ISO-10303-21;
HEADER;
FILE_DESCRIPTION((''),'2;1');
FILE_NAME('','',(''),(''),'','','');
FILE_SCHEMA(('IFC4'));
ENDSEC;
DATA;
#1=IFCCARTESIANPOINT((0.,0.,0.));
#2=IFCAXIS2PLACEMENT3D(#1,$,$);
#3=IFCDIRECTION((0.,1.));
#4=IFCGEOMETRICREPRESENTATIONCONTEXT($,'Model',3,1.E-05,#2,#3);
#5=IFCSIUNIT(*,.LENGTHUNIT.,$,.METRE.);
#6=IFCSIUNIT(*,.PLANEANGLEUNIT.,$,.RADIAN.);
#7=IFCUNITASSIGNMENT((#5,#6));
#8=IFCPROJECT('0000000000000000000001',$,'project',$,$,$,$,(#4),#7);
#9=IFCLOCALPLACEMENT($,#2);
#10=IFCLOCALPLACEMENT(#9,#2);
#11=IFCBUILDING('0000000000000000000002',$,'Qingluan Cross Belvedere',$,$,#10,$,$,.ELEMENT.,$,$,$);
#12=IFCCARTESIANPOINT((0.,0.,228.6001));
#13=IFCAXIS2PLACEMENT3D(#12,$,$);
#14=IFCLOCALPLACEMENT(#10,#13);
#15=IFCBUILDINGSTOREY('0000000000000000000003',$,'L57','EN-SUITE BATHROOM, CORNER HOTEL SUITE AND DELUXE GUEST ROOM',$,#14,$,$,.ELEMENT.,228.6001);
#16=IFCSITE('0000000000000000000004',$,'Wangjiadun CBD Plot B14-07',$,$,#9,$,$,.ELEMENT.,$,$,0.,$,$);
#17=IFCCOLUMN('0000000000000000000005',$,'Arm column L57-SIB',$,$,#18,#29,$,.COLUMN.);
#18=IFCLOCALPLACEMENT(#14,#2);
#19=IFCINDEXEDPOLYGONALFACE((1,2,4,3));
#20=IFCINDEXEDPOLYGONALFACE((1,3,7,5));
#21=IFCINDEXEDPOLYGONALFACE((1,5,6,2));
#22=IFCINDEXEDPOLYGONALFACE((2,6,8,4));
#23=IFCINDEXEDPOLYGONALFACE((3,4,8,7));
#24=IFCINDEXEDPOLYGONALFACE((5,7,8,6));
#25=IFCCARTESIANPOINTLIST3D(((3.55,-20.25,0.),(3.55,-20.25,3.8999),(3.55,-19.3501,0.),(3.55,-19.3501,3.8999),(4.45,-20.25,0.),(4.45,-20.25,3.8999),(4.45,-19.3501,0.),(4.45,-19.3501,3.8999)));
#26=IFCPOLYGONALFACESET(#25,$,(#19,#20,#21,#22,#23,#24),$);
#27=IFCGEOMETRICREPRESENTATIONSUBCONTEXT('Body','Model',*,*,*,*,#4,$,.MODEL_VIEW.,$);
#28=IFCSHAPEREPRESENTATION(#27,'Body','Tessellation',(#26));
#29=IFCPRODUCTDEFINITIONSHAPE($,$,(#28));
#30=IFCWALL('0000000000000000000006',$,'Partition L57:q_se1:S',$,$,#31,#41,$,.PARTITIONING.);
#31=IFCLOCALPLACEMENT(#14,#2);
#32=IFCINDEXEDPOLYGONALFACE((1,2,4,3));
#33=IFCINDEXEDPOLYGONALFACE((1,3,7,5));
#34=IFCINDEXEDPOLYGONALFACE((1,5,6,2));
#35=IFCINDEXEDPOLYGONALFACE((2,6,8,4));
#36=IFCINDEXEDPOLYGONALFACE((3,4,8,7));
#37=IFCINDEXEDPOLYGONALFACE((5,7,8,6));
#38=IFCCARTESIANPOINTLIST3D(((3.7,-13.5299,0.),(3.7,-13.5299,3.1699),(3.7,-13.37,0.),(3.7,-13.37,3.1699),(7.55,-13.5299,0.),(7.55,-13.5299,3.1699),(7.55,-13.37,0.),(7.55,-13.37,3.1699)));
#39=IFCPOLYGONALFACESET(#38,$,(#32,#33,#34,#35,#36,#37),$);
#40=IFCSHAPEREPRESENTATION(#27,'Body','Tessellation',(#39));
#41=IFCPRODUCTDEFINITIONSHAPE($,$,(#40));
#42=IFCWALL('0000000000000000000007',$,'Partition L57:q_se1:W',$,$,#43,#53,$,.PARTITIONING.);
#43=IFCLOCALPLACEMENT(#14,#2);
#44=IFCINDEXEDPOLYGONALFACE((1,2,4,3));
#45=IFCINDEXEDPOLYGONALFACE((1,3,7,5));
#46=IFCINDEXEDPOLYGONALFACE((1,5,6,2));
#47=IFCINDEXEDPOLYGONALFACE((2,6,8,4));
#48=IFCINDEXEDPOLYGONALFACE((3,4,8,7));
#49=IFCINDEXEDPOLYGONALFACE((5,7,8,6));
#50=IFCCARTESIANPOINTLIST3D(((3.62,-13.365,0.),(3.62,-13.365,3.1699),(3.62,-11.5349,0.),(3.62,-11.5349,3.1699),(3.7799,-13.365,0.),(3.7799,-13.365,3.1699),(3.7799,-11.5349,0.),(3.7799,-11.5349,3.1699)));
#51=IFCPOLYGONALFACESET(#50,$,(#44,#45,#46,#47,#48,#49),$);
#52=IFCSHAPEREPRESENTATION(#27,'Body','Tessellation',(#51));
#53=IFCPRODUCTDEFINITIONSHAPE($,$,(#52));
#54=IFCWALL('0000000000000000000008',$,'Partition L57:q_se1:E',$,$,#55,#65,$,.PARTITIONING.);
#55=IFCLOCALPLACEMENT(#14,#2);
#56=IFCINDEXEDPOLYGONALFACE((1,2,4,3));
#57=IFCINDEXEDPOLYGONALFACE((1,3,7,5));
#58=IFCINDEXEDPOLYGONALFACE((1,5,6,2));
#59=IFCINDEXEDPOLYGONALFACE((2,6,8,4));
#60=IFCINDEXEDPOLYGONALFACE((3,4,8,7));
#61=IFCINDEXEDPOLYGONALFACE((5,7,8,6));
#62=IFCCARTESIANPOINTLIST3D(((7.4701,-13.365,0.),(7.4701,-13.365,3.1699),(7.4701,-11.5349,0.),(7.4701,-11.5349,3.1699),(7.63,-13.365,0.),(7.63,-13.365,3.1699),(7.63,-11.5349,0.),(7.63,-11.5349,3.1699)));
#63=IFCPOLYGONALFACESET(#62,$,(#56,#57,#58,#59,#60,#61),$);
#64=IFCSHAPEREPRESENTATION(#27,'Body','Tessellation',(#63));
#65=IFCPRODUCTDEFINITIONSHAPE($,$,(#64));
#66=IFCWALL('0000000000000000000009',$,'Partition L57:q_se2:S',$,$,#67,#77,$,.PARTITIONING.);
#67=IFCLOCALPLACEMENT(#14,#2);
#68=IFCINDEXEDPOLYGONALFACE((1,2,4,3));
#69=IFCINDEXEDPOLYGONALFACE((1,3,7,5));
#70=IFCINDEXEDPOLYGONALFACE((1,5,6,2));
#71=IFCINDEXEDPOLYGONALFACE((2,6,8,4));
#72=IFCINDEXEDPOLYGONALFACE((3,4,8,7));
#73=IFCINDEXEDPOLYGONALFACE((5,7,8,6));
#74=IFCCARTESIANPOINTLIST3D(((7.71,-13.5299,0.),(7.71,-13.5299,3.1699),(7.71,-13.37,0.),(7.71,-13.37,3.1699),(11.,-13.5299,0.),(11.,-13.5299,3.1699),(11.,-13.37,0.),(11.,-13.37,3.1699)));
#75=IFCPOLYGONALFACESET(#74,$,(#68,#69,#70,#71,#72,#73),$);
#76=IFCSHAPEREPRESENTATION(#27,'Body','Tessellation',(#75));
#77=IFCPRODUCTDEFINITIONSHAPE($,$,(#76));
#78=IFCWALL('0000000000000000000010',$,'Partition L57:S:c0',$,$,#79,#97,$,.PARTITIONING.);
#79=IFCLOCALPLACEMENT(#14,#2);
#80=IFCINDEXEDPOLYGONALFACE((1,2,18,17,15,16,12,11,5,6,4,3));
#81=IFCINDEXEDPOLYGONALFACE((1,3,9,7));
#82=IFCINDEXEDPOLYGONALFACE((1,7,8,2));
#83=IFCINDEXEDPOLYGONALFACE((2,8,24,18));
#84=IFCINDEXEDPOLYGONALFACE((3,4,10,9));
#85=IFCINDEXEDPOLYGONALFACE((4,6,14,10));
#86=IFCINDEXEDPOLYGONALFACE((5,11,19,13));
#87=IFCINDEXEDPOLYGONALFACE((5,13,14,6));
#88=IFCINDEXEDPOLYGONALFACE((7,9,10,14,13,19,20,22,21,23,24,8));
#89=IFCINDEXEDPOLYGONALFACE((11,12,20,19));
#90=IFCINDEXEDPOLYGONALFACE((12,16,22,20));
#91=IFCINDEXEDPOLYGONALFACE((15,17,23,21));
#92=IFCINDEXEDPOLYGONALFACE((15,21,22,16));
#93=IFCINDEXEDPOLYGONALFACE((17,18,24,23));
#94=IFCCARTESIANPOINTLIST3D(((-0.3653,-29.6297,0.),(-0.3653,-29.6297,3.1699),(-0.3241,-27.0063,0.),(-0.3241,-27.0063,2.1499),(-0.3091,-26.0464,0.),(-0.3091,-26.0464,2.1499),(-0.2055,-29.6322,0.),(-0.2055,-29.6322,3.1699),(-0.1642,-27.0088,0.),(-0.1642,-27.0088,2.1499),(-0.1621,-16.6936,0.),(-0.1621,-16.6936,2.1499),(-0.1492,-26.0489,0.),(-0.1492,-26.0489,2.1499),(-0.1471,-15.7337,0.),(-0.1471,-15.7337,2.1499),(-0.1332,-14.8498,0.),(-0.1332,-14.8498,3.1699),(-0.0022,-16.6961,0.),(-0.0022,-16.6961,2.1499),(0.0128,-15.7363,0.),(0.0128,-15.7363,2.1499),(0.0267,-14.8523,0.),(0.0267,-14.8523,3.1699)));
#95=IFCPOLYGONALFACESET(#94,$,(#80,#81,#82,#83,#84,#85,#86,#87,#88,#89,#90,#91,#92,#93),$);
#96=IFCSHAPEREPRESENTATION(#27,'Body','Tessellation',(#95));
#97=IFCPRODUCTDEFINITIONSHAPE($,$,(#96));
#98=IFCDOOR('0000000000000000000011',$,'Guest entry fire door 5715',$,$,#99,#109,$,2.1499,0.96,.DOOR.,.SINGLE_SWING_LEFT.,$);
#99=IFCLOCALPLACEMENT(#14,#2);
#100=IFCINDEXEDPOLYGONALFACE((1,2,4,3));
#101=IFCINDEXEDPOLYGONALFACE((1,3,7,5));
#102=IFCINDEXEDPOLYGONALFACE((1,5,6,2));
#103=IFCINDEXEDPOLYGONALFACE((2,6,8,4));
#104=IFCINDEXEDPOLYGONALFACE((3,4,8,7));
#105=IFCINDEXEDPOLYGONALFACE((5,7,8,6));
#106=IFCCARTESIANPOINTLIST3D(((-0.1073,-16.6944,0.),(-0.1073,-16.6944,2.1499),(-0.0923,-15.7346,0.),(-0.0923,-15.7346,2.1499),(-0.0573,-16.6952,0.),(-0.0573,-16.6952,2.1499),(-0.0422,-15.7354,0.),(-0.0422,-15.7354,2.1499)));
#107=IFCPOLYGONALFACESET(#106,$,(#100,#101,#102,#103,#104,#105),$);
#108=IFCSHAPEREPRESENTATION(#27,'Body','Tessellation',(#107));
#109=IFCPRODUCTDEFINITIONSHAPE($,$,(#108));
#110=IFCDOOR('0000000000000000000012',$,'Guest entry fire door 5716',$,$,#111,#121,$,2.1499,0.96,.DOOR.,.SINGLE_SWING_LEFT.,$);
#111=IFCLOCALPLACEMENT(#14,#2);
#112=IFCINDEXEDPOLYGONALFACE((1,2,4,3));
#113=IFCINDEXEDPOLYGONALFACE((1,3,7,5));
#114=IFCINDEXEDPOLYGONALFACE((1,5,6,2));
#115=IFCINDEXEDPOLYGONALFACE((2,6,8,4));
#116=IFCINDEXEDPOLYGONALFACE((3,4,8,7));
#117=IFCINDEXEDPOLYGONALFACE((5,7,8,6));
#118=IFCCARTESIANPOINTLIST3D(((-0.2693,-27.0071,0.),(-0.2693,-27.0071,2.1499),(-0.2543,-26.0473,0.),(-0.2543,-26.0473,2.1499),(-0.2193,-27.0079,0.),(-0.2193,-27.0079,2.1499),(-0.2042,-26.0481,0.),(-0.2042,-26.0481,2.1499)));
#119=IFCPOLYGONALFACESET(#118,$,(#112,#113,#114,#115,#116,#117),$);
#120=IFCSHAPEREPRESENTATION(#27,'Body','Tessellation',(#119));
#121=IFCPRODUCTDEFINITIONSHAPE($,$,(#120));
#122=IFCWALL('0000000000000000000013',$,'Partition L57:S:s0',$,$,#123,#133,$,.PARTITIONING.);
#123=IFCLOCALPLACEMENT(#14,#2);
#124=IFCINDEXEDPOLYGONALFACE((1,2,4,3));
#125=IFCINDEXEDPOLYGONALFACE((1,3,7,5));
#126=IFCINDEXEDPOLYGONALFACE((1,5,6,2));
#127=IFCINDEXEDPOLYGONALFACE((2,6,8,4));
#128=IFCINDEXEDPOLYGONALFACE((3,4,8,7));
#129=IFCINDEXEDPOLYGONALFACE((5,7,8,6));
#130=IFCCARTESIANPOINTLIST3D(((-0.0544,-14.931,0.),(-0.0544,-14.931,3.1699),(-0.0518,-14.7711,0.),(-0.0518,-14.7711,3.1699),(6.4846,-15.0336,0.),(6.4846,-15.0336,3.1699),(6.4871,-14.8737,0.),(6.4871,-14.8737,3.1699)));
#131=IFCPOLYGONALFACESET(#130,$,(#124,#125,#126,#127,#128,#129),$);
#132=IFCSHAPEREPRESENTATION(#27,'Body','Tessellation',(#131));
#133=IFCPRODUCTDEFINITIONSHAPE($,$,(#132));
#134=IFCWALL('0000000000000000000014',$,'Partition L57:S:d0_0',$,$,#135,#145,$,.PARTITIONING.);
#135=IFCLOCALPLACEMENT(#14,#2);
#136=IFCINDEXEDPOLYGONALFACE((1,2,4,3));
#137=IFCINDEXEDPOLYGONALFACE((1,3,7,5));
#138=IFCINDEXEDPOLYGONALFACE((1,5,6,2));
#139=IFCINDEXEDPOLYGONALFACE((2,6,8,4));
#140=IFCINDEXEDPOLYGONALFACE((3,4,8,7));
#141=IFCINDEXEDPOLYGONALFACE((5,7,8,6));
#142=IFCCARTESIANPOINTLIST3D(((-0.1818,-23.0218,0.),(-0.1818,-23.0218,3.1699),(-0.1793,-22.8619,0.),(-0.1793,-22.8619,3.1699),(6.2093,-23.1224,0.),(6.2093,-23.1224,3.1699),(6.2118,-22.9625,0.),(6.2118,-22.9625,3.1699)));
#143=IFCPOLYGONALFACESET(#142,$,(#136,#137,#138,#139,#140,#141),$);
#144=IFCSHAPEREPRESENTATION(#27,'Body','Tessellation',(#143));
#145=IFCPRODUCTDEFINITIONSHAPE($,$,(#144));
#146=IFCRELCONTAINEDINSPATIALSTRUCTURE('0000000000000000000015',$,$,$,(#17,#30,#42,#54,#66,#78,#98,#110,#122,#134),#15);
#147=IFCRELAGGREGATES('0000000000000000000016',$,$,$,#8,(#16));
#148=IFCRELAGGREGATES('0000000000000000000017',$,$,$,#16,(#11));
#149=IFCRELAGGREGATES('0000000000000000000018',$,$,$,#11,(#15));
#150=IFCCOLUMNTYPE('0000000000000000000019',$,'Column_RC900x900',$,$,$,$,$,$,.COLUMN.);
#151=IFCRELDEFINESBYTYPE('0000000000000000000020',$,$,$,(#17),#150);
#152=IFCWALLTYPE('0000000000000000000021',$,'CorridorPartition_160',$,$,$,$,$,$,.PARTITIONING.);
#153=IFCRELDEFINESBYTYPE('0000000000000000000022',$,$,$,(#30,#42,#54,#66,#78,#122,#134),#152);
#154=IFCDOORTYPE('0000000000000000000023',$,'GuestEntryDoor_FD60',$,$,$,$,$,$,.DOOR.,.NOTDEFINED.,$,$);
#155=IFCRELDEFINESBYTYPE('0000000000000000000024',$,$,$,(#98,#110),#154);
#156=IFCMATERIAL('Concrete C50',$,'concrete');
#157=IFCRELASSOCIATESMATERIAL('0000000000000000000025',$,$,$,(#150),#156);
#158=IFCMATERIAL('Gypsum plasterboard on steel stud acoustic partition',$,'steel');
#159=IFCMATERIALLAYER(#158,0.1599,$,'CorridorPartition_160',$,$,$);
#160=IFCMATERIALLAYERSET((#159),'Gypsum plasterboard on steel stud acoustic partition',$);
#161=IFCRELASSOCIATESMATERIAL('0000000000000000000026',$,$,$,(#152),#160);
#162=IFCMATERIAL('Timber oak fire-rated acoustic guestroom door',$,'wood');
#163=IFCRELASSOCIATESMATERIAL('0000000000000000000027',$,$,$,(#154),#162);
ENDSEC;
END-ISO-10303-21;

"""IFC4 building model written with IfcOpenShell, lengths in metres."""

from ifc_helpers import new_model, si_unit, direction, frame, frame_2d, origin, origin_2d, place, context, subcontext, project, spatial, rectangle, extrude, material, layer, layer_set, material_profile, profile_set, type_object, element, fill, save


model = new_model("IFC4")

# Units and contexts
model_context = context("Model", 3, precision=1e-05, world=origin(), true_north=direction((0.0, 1.0)))
body_context = subcontext(model_context, "Body", "Model", "MODEL_VIEW")
ifc_project = project(units=[si_unit("LENGTHUNIT", "METRE"), si_unit("PLANEANGLEUNIT", "RADIAN")], contexts=[model_context])

# Site, building, storey
site_placement = place(None, origin())
site = spatial("IfcSite", under=ifc_project, at=site_placement, Name="Wangjiadun CBD Plot B14-07", CompositionType="ELEMENT", RefElevation=0.0)
building_placement = place(site_placement, origin())
building = spatial("IfcBuilding", under=site, at=building_placement, Name="Qingluan Cross Belvedere", CompositionType="ELEMENT")
storey_placement = place(building_placement, frame((0.0, 0.0, 228.6001)))
storey = spatial("IfcBuildingStorey", under=building, at=storey_placement, Name="L57", Description="EN-SUITE BATHROOM, CORNER HOTEL SUITE AND DELUXE GUEST ROOM", CompositionType="ELEMENT", Elevation=228.6001)

# Column
ifc_material_1 = material(Name="Concrete C50", Category="concrete")
ifc_material_profile = material_profile(ifc_material_1, rectangle(XDim=0.8999, YDim=0.8999, at=origin_2d()), Name="RC900x900")
ifc_profile_set = profile_set([ifc_material_profile], Name="Concrete C50")
column_type = type_object("IfcColumnType", Name="Column_RC900x900", PredefinedType="COLUMN", material=ifc_profile_set)
column_placement = place(storey_placement, frame((4.0, -19.8, 0.0), z_axis=(0.0, 0.0, 1.0), x_axis=(1.0, 0.0, 0.0)))
element("IfcColumn", 1, at=column_placement, inside=storey, type_object=column_type, Name="Arm column L57-SIB", PredefinedType="COLUMN", context=body_context, shape_type="SweptSolid", body=[
    extrude(rectangle(XDim=0.8999, YDim=0.8999, at=origin_2d()), origin(), (0.0, 0.0, 1.0), 3.8999),
])

# Walls
ifc_material_2 = material(Name="Gypsum plasterboard on steel stud acoustic partition", Category="steel")
ifc_layer_1 = layer(ifc_material_2, 0.1599, Name="CorridorPartition_160")
ifc_layer_set_1 = layer_set([ifc_layer_1], Name="Gypsum plasterboard on steel stud acoustic partition")
wall_type_1 = type_object("IfcWallType", Name="CorridorPartition_160", PredefinedType="PARTITIONING", material=ifc_layer_set_1)
wall_1_placement = place(storey_placement, frame((3.7, -13.45, 0.0), z_axis=(0.0, 0.0, 1.0), x_axis=(1.0, 0.0, 0.0)))
element("IfcWall", 2, at=wall_1_placement, inside=storey, type_object=wall_type_1, Name="Partition L57:q_se1:S", PredefinedType="PARTITIONING", context=body_context, shape_type="SweptSolid", body=[
    extrude(rectangle(XDim=3.8501, YDim=0.1599, at=frame_2d((1.925, 0.0))), origin(), (0.0, 0.0, 1.0), 3.1699),
])
for number, where, z_axis, x_axis, name in (
    (3, (3.7, -13.365, 0.0), (0.0, 0.0, 1.0), (0.0, 1.0, 0.0), "Partition L57:q_se1:W"),
    (4, (7.55, -13.365, 0.0), (0.0, 0.0, 1.0), (0.0, 1.0, 0.0), "Partition L57:q_se1:E"),
):
    element("IfcWall", number, at=place(storey_placement, frame(where, z_axis=z_axis, x_axis=x_axis)), inside=storey, type_object=wall_type_1, Name=name, PredefinedType="PARTITIONING", context=body_context, shape_type="SweptSolid", body=[
        extrude(rectangle(XDim=1.8301, YDim=0.1599, at=frame_2d((0.915, 0.0))), origin(), (0.0, 0.0, 1.0), 3.1699),
    ])
wall_2_placement = place(storey_placement, frame((7.71, -13.45, 0.0), z_axis=(0.0, 0.0, 1.0), x_axis=(1.0, 0.0, 0.0)))
element("IfcWall", 5, at=wall_2_placement, inside=storey, type_object=wall_type_1, Name="Partition L57:q_se2:S", PredefinedType="PARTITIONING", context=body_context, shape_type="SweptSolid", body=[
    extrude(rectangle(XDim=3.29, YDim=0.1599, at=frame_2d((1.645, 0.0))), origin(), (0.0, 0.0, 1.0), 3.1699),
])

# Wall, openings, doors
wall_3_placement = place(storey_placement, frame((-0.0532, -14.8511, 0.0), z_axis=(0.0, 0.0, 1.0), x_axis=(-0.015707, -0.999877, 0.0)))
wall_3 = element("IfcWall", 6, at=wall_3_placement, inside=storey, type_object=wall_type_1, Name="Partition L57:S:c0", PredefinedType="PARTITIONING", context=body_context, shape_type="SweptSolid", body=[
    extrude(rectangle(XDim=14.7817, YDim=0.1599, at=frame_2d((7.3909, 0.0))), origin(), (0.0, 0.0, 1.0), 3.1699),
])
opening_1_placement = place(wall_3_placement, frame((0.884, 0.0, 0.0)))
opening_1 = element("IfcOpeningElement", 7, at=opening_1_placement, cuts=wall_3, PredefinedType="OPENING", context=body_context, shape_type="SweptSolid", body=[
    extrude(rectangle(XDim=0.96, YDim=2.1499, at=frame_2d((0.48, 1.075))), frame((0.0, 0.0898, 0.0), z_axis=(0.0, -1.0, 0.0), x_axis=(1.0, 0.0, 0.0)), (0.0, 0.0, 1.0), 0.1799),
])
opening_2_placement = place(wall_3_placement, frame((11.198, 0.0, 0.0)))
opening_2 = element("IfcOpeningElement", 8, at=opening_2_placement, cuts=wall_3, PredefinedType="OPENING", context=body_context, shape_type="SweptSolid", body=[
    extrude(rectangle(XDim=0.96, YDim=2.1499, at=frame_2d((0.48, 1.075))), frame((0.0, 0.0898, 0.0), z_axis=(0.0, -1.0, 0.0), x_axis=(1.0, 0.0, 0.0)), (0.0, 0.0, 1.0), 0.1799),
])
ifc_material_3 = material(Name="Timber oak fire-rated acoustic guestroom door", Category="wood")
door_type_1 = type_object("IfcDoorType", Name="GuestEntryDoor_FD60", OperationType="NOTDEFINED", PredefinedType="DOOR", material=ifc_material_3)
door_1_placement = place(opening_1_placement, origin())
door_1 = element("IfcDoor", 9, at=door_1_placement, inside=storey, type_object=door_type_1, Name="Guest entry fire door 5715", OperationType="SINGLE_SWING_LEFT", OverallHeight=2.1499, OverallWidth=0.96, PredefinedType="DOOR", context=body_context, shape_type="SweptSolid", body=[
    extrude(rectangle(XDim=0.96, YDim=2.1499, at=frame_2d((0.48, 1.075))), frame((0.0, 0.0249, 0.0), z_axis=(0.0, -1.0, 0.0), x_axis=(1.0, 0.0, 0.0)), (0.0, 0.0, 1.0), 0.05),
])
fill(opening_1, door_1)
door_2_placement = place(opening_2_placement, origin())
door_2 = element("IfcDoor", 10, at=door_2_placement, inside=storey, type_object=door_type_1, Name="Guest entry fire door 5716", OperationType="SINGLE_SWING_LEFT", OverallHeight=2.1499, OverallWidth=0.96, PredefinedType="DOOR", context=body_context, shape_type="SweptSolid", body=[
    extrude(rectangle(XDim=0.96, YDim=2.1499, at=frame_2d((0.48, 1.075))), frame((0.0, 0.0249, 0.0), z_axis=(0.0, -1.0, 0.0), x_axis=(1.0, 0.0, 0.0)), (0.0, 0.0, 1.0), 0.05),
])
fill(opening_2, door_2)

# Walls
wall_4_placement = place(storey_placement, frame((-0.0532, -14.8511, 0.0), z_axis=(0.0, 0.0, 1.0), x_axis=(0.999877, -0.015679, 0.0)))
element("IfcWall", 11, at=wall_4_placement, inside=storey, type_object=wall_type_1, Name="Partition L57:S:s0", PredefinedType="PARTITIONING", context=body_context, shape_type="SweptSolid", body=[
    extrude(rectangle(XDim=6.5398, YDim=0.1599, at=frame_2d((3.27, 0.0))), origin(), (0.0, 0.0, 1.0), 3.1699),
])
wall_5_placement = place(storey_placement, frame((-0.1804, -22.9419, 0.0), z_axis=(0.0, 0.0, 1.0), x_axis=(0.999876, -0.015736, 0.0)))
element("IfcWall", 12, at=wall_5_placement, inside=storey, type_object=wall_type_1, Name="Partition L57:S:d0_0", PredefinedType="PARTITIONING", context=body_context, shape_type="SweptSolid", body=[
    extrude(rectangle(XDim=6.3918, YDim=0.1599, at=frame_2d((3.1958, 0.0))), origin(), (0.0, 0.0, 1.0), 3.1699),
])

save(model, "model.ifc")
